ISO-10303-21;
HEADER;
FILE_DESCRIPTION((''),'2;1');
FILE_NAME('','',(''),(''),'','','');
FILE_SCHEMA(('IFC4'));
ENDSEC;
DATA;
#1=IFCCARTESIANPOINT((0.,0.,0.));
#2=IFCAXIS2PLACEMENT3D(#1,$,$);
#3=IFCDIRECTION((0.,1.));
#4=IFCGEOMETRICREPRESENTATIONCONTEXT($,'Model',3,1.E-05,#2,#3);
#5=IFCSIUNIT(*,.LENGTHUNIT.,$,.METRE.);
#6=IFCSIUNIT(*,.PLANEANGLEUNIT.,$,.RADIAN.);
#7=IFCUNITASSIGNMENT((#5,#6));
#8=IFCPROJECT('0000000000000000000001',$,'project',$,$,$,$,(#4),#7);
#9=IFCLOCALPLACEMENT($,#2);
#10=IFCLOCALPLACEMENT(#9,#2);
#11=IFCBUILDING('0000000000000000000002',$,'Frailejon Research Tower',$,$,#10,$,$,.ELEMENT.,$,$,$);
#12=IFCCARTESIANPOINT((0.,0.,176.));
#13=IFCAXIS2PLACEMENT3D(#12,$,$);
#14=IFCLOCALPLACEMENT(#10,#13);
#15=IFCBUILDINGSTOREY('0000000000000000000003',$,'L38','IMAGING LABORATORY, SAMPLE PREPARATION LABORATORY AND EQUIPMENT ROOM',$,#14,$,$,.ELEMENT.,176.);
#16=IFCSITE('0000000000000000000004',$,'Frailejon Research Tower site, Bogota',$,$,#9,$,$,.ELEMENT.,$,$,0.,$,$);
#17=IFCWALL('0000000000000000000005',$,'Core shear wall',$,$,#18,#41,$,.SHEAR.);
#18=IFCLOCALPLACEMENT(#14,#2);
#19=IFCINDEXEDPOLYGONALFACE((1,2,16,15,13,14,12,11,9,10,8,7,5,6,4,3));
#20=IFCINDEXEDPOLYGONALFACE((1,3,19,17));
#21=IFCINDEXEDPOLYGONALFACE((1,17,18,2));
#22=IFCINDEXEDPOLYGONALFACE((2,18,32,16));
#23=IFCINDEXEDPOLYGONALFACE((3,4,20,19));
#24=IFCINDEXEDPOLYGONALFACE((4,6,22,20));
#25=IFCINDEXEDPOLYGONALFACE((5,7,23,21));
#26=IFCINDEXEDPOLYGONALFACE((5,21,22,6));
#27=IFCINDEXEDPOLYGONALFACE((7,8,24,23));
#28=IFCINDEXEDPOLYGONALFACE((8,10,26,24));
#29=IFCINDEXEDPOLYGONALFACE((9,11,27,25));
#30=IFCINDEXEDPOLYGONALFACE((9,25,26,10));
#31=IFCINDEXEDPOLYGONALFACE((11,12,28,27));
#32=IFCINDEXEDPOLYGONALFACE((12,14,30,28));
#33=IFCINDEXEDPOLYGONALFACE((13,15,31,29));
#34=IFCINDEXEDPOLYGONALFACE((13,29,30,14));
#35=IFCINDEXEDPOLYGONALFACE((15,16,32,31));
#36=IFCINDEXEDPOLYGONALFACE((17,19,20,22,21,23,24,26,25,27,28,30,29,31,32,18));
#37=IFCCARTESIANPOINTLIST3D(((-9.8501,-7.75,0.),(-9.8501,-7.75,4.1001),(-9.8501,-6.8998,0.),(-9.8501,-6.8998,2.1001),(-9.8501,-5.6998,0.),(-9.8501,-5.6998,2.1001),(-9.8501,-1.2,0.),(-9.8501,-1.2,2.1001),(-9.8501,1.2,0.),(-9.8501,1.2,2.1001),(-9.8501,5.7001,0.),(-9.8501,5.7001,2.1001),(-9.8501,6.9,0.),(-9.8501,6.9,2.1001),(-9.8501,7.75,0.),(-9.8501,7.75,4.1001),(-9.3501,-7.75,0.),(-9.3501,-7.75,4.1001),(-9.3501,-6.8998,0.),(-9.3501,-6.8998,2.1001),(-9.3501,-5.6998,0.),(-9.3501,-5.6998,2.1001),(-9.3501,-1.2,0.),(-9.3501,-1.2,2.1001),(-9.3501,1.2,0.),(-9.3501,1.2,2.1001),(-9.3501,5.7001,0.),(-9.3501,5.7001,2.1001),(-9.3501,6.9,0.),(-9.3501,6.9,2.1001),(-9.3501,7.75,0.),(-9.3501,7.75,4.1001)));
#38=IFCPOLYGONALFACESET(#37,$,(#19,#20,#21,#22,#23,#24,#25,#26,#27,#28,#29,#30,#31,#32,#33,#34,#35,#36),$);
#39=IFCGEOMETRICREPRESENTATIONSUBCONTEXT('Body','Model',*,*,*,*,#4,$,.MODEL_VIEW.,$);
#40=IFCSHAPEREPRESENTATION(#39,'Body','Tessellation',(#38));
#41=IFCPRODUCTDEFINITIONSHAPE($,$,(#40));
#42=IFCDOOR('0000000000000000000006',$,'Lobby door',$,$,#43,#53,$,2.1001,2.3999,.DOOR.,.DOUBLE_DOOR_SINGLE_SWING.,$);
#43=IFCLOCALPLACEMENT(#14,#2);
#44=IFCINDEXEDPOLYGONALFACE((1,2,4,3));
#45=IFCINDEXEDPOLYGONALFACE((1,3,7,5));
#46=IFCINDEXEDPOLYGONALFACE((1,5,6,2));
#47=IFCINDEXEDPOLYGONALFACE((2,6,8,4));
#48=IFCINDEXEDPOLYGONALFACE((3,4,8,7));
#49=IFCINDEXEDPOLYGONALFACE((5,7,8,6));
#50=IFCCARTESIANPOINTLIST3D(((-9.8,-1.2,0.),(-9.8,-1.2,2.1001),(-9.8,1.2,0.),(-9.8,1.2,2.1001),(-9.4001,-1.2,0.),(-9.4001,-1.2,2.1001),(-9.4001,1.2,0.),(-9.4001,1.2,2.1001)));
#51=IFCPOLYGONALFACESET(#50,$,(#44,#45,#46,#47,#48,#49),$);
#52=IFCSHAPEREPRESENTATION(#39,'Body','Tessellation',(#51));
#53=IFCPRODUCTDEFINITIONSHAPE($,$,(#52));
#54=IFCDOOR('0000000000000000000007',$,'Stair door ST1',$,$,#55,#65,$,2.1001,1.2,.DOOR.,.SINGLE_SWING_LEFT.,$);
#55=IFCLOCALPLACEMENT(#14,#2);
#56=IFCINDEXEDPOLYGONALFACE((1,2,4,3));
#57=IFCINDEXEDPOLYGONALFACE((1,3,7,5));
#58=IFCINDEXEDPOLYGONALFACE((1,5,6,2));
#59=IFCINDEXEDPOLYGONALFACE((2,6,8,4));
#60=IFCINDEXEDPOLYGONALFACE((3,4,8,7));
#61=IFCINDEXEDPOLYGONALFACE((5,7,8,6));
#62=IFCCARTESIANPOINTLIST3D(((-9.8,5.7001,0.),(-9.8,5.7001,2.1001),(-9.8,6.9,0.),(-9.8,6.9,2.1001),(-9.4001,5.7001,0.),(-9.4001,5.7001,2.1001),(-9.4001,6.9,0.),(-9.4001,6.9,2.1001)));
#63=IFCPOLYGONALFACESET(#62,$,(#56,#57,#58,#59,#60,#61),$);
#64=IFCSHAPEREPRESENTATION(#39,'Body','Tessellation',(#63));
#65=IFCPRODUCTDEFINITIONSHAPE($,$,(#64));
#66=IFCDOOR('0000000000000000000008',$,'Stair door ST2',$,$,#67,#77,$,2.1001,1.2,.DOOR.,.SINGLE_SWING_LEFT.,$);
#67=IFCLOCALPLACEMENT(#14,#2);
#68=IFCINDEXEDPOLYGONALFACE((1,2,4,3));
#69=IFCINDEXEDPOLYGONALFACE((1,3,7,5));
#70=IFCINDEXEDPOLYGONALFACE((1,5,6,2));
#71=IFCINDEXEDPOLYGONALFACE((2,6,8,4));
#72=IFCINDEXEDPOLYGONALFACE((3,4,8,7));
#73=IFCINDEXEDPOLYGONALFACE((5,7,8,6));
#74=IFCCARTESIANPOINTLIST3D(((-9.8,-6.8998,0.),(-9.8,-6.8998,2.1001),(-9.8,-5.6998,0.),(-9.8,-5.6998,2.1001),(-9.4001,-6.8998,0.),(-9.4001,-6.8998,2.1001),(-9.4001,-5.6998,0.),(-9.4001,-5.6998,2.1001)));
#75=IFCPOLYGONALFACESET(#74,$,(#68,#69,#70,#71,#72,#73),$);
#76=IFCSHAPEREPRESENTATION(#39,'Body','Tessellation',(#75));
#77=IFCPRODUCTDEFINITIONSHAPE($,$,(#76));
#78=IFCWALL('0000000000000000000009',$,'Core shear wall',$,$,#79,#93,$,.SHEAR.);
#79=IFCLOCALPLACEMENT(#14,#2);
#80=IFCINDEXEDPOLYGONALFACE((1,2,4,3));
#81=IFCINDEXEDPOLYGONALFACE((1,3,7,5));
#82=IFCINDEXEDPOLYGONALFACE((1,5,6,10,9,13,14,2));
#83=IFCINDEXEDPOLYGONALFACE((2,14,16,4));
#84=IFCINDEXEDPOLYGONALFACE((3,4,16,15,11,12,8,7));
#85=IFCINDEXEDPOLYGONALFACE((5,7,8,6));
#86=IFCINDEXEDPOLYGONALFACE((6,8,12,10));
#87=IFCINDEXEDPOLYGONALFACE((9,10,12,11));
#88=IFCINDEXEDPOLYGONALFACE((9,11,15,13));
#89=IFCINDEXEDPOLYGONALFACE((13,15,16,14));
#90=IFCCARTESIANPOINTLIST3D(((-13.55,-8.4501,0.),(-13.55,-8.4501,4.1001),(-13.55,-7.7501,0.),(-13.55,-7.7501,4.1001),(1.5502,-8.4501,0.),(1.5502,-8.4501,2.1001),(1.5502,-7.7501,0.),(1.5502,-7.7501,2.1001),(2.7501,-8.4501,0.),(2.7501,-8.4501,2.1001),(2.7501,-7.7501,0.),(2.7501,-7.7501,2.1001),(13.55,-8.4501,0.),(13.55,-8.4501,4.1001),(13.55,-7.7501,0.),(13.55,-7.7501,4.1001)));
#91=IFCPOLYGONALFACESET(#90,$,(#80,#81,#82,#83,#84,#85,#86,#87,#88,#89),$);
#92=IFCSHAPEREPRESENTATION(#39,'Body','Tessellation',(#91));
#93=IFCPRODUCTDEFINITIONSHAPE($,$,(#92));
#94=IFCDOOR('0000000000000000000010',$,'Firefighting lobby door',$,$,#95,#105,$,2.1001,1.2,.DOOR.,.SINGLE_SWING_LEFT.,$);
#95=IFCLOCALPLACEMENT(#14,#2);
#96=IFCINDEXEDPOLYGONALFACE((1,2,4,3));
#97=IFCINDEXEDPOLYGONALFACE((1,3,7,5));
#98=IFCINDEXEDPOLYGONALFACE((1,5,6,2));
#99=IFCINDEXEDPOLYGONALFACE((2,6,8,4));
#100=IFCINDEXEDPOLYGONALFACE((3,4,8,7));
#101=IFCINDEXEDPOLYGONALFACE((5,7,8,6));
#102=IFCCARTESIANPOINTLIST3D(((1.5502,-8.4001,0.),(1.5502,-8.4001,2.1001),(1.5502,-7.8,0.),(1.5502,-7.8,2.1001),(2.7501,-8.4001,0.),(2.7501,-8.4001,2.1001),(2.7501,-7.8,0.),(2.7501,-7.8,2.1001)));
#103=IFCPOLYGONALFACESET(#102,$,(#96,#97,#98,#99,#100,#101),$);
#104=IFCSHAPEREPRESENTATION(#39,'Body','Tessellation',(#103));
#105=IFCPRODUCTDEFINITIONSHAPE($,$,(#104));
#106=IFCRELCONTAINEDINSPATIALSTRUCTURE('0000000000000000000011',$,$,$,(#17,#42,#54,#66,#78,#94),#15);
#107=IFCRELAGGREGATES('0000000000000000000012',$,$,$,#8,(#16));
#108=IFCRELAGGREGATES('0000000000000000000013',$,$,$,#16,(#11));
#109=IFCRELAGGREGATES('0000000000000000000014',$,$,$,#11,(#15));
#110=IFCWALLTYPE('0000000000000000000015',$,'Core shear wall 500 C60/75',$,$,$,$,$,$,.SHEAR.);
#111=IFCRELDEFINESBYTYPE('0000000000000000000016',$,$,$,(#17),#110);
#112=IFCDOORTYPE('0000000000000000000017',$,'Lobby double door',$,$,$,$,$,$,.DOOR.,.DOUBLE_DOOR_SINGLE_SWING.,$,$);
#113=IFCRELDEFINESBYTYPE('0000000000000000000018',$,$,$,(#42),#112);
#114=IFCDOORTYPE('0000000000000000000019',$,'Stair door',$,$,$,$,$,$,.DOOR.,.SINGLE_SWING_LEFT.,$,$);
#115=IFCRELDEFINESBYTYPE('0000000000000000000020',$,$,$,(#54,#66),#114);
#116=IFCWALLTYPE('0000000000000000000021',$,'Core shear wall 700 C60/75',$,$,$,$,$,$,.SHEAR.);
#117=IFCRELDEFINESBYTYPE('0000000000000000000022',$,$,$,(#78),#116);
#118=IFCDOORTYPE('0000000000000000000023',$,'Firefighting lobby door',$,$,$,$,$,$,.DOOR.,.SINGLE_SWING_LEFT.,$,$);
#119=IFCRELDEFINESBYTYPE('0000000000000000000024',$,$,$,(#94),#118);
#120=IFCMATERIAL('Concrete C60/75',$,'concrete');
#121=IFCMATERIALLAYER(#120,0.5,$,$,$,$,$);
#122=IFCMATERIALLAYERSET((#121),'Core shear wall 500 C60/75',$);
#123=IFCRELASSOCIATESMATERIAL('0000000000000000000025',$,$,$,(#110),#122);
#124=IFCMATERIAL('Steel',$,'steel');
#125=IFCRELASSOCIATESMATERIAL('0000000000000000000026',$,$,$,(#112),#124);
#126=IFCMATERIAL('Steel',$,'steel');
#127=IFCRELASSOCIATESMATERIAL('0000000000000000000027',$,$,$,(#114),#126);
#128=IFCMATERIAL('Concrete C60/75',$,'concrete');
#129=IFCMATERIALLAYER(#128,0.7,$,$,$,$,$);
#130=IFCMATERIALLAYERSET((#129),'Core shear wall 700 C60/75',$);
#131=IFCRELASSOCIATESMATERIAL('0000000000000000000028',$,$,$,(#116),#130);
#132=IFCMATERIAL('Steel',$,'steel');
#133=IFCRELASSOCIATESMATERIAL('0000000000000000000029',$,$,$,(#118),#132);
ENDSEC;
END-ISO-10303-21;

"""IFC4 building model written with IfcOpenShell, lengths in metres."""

from ifc_helpers import new_model, si_unit, direction, frame, frame_2d, origin, place, context, subcontext, project, spatial, rectangle, extrude, material, layer, layer_set, type_object, element, fill, save


model = new_model("IFC4")

# Units and contexts
model_context = context("Model", 3, precision=1e-05, world=origin(), true_north=direction((0.0, 1.0)))
body_context = subcontext(model_context, "Body", "Model", "MODEL_VIEW")
ifc_project = project(units=[si_unit("LENGTHUNIT", "METRE"), si_unit("PLANEANGLEUNIT", "RADIAN")], contexts=[model_context])

# Site, building, storey
site_placement = place(None, origin())
site = spatial("IfcSite", under=ifc_project, at=site_placement, Name="Frailejon Research Tower site, Bogota", CompositionType="ELEMENT", RefElevation=0.0)
building_placement = place(site_placement, origin())
building = spatial("IfcBuilding", under=site, at=building_placement, Name="Frailejon Research Tower", CompositionType="ELEMENT")
storey_placement = place(building_placement, frame((0.0, 0.0, 176.0)))
storey = spatial("IfcBuildingStorey", under=building, at=storey_placement, Name="L38", Description="IMAGING LABORATORY, SAMPLE PREPARATION LABORATORY AND EQUIPMENT ROOM", CompositionType="ELEMENT", Elevation=176.0)

# Wall, openings, doors
ifc_material_1 = material(Name="Concrete C60/75", Category="concrete")
ifc_layer_1 = layer(ifc_material_1, 0.5)
ifc_layer_set_1 = layer_set([ifc_layer_1], Name="Core shear wall 500 C60/75")
wall_type_1 = type_object("IfcWallType", Name="Core shear wall 500 C60/75", PredefinedType="SHEAR", material=ifc_layer_set_1)
wall_1_placement = place(storey_placement, frame((-9.6001, -7.75, 0.0), z_axis=(0.0, 0.0, 1.0), x_axis=(0.0, 1.0, 0.0)))
wall_1 = element("IfcWall", 1, at=wall_1_placement, inside=storey, type_object=wall_type_1, Name="Core shear wall", PredefinedType="SHEAR", context=body_context, shape_type="SweptSolid", body=[
    extrude(rectangle(XDim=15.5, YDim=0.5, at=frame_2d((7.75, 0.0))), origin(), (0.0, 0.0, 1.0), 4.1001),
])
opening_1_placement = place(wall_1_placement, frame((6.55, 0.0, 0.0)))
opening_1 = element("IfcOpeningElement", 2, at=opening_1_placement, cuts=wall_1, PredefinedType="OPENING", context=body_context, shape_type="SweptSolid", body=[
    extrude(rectangle(XDim=2.3999, YDim=2.1001, at=frame_2d((1.2, 1.05))), frame((0.0, 0.26, 0.0), z_axis=(0.0, -1.0, 0.0), x_axis=(1.0, 0.0, 0.0)), (0.0, 0.0, 1.0), 0.52),
])
opening_2_placement = place(wall_1_placement, frame((13.45, 0.0, 0.0)))
opening_2 = element("IfcOpeningElement", 3, at=opening_2_placement, cuts=wall_1, PredefinedType="OPENING", context=body_context, shape_type="SweptSolid", body=[
    extrude(rectangle(XDim=1.2, YDim=2.1001, at=frame_2d((0.6001, 1.05))), frame((0.0, 0.26, 0.0), z_axis=(0.0, -1.0, 0.0), x_axis=(1.0, 0.0, 0.0)), (0.0, 0.0, 1.0), 0.52),
])
opening_3_placement = place(wall_1_placement, frame((0.8501, 0.0, 0.0)))
opening_3 = element("IfcOpeningElement", 4, at=opening_3_placement, cuts=wall_1, PredefinedType="OPENING", context=body_context, shape_type="SweptSolid", body=[
    extrude(rectangle(XDim=1.2, YDim=2.1001, at=frame_2d((0.6001, 1.05))), frame((0.0, 0.26, 0.0), z_axis=(0.0, -1.0, 0.0), x_axis=(1.0, 0.0, 0.0)), (0.0, 0.0, 1.0), 0.52),
])
ifc_material_2 = material(Name="Steel", Category="steel")
door_type_1 = type_object("IfcDoorType", Name="Lobby double door", OperationType="DOUBLE_DOOR_SINGLE_SWING", PredefinedType="DOOR", material=ifc_material_2)
door_1_placement = place(opening_1_placement, origin())
door_1 = element("IfcDoor", 5, at=door_1_placement, inside=storey, type_object=door_type_1, Name="Lobby door", OperationType="DOUBLE_DOOR_SINGLE_SWING", OverallHeight=2.1001, OverallWidth=2.3999, PredefinedType="DOOR", context=body_context, shape_type="SweptSolid", body=[
    extrude(rectangle(XDim=2.3999, YDim=2.1001, at=frame_2d((1.2, 1.05))), frame((0.0, 0.2, 0.0), z_axis=(0.0, -1.0, 0.0), x_axis=(1.0, 0.0, 0.0)), (0.0, 0.0, 1.0), 0.3999),
])
fill(opening_1, door_1)
ifc_material_3 = material(Name="Steel", Category="steel")
door_type_2 = type_object("IfcDoorType", Name="Stair door", OperationType="SINGLE_SWING_LEFT", PredefinedType="DOOR", material=ifc_material_3)
door_2_placement = place(opening_2_placement, origin())
door_2 = element("IfcDoor", 6, at=door_2_placement, inside=storey, type_object=door_type_2, Name="Stair door ST1", OperationType="SINGLE_SWING_LEFT", OverallHeight=2.1001, OverallWidth=1.2, PredefinedType="DOOR", context=body_context, shape_type="SweptSolid", body=[
    extrude(rectangle(XDim=1.2, YDim=2.1001, at=frame_2d((0.6001, 1.05))), frame((0.0, 0.2, 0.0), z_axis=(0.0, -1.0, 0.0), x_axis=(1.0, 0.0, 0.0)), (0.0, 0.0, 1.0), 0.3999),
])
fill(opening_2, door_2)
door_3_placement = place(opening_3_placement, origin())
door_3 = element("IfcDoor", 7, at=door_3_placement, inside=storey, type_object=door_type_2, Name="Stair door ST2", OperationType="SINGLE_SWING_LEFT", OverallHeight=2.1001, OverallWidth=1.2, PredefinedType="DOOR", context=body_context, shape_type="SweptSolid", body=[
    extrude(rectangle(XDim=1.2, YDim=2.1001, at=frame_2d((0.6001, 1.05))), frame((0.0, 0.2, 0.0), z_axis=(0.0, -1.0, 0.0), x_axis=(1.0, 0.0, 0.0)), (0.0, 0.0, 1.0), 0.3999),
])
fill(opening_3, door_3)

# Wall, opening, door
ifc_material_4 = material(Name="Concrete C60/75", Category="concrete")
ifc_layer_2 = layer(ifc_material_4, 0.7)
ifc_layer_set_2 = layer_set([ifc_layer_2], Name="Core shear wall 700 C60/75")
wall_type_2 = type_object("IfcWallType", Name="Core shear wall 700 C60/75", PredefinedType="SHEAR", material=ifc_layer_set_2)
wall_2_placement = place(storey_placement, frame((-13.55, -8.1001, 0.0), z_axis=(0.0, 0.0, 1.0), x_axis=(1.0, 0.0, 0.0)))
wall_2 = element("IfcWall", 8, at=wall_2_placement, inside=storey, type_object=wall_type_2, Name="Core shear wall", PredefinedType="SHEAR", context=body_context, shape_type="SweptSolid", body=[
    extrude(rectangle(XDim=27.1001, YDim=0.7, at=frame_2d((13.55, 0.0))), origin(), (0.0, 0.0, 1.0), 4.1001),
])
opening_4_placement = place(wall_2_placement, frame((15.1001, 0.0, 0.0)))
opening_4 = element("IfcOpeningElement", 9, at=opening_4_placement, cuts=wall_2, PredefinedType="OPENING", context=body_context, shape_type="SweptSolid", body=[
    extrude(rectangle(XDim=1.2, YDim=2.1001, at=frame_2d((0.6001, 1.05))), frame((0.0, 0.3599, 0.0), z_axis=(0.0, -1.0, 0.0), x_axis=(1.0, 0.0, 0.0)), (0.0, 0.0, 1.0), 0.72),
])
ifc_material_5 = material(Name="Steel", Category="steel")
door_type_3 = type_object("IfcDoorType", Name="Firefighting lobby door", OperationType="SINGLE_SWING_LEFT", PredefinedType="DOOR", material=ifc_material_5)
door_4_placement = place(opening_4_placement, origin())
door_4 = element("IfcDoor", 10, at=door_4_placement, inside=storey, type_object=door_type_3, Name="Firefighting lobby door", OperationType="SINGLE_SWING_LEFT", OverallHeight=2.1001, OverallWidth=1.2, PredefinedType="DOOR", context=body_context, shape_type="SweptSolid", body=[
    extrude(rectangle(XDim=1.2, YDim=2.1001, at=frame_2d((0.6001, 1.05))), frame((0.0, 0.3, 0.0), z_axis=(0.0, -1.0, 0.0), x_axis=(1.0, 0.0, 0.0)), (0.0, 0.0, 1.0), 0.6001),
])
fill(opening_4, door_4)

save(model, "model.ifc")
